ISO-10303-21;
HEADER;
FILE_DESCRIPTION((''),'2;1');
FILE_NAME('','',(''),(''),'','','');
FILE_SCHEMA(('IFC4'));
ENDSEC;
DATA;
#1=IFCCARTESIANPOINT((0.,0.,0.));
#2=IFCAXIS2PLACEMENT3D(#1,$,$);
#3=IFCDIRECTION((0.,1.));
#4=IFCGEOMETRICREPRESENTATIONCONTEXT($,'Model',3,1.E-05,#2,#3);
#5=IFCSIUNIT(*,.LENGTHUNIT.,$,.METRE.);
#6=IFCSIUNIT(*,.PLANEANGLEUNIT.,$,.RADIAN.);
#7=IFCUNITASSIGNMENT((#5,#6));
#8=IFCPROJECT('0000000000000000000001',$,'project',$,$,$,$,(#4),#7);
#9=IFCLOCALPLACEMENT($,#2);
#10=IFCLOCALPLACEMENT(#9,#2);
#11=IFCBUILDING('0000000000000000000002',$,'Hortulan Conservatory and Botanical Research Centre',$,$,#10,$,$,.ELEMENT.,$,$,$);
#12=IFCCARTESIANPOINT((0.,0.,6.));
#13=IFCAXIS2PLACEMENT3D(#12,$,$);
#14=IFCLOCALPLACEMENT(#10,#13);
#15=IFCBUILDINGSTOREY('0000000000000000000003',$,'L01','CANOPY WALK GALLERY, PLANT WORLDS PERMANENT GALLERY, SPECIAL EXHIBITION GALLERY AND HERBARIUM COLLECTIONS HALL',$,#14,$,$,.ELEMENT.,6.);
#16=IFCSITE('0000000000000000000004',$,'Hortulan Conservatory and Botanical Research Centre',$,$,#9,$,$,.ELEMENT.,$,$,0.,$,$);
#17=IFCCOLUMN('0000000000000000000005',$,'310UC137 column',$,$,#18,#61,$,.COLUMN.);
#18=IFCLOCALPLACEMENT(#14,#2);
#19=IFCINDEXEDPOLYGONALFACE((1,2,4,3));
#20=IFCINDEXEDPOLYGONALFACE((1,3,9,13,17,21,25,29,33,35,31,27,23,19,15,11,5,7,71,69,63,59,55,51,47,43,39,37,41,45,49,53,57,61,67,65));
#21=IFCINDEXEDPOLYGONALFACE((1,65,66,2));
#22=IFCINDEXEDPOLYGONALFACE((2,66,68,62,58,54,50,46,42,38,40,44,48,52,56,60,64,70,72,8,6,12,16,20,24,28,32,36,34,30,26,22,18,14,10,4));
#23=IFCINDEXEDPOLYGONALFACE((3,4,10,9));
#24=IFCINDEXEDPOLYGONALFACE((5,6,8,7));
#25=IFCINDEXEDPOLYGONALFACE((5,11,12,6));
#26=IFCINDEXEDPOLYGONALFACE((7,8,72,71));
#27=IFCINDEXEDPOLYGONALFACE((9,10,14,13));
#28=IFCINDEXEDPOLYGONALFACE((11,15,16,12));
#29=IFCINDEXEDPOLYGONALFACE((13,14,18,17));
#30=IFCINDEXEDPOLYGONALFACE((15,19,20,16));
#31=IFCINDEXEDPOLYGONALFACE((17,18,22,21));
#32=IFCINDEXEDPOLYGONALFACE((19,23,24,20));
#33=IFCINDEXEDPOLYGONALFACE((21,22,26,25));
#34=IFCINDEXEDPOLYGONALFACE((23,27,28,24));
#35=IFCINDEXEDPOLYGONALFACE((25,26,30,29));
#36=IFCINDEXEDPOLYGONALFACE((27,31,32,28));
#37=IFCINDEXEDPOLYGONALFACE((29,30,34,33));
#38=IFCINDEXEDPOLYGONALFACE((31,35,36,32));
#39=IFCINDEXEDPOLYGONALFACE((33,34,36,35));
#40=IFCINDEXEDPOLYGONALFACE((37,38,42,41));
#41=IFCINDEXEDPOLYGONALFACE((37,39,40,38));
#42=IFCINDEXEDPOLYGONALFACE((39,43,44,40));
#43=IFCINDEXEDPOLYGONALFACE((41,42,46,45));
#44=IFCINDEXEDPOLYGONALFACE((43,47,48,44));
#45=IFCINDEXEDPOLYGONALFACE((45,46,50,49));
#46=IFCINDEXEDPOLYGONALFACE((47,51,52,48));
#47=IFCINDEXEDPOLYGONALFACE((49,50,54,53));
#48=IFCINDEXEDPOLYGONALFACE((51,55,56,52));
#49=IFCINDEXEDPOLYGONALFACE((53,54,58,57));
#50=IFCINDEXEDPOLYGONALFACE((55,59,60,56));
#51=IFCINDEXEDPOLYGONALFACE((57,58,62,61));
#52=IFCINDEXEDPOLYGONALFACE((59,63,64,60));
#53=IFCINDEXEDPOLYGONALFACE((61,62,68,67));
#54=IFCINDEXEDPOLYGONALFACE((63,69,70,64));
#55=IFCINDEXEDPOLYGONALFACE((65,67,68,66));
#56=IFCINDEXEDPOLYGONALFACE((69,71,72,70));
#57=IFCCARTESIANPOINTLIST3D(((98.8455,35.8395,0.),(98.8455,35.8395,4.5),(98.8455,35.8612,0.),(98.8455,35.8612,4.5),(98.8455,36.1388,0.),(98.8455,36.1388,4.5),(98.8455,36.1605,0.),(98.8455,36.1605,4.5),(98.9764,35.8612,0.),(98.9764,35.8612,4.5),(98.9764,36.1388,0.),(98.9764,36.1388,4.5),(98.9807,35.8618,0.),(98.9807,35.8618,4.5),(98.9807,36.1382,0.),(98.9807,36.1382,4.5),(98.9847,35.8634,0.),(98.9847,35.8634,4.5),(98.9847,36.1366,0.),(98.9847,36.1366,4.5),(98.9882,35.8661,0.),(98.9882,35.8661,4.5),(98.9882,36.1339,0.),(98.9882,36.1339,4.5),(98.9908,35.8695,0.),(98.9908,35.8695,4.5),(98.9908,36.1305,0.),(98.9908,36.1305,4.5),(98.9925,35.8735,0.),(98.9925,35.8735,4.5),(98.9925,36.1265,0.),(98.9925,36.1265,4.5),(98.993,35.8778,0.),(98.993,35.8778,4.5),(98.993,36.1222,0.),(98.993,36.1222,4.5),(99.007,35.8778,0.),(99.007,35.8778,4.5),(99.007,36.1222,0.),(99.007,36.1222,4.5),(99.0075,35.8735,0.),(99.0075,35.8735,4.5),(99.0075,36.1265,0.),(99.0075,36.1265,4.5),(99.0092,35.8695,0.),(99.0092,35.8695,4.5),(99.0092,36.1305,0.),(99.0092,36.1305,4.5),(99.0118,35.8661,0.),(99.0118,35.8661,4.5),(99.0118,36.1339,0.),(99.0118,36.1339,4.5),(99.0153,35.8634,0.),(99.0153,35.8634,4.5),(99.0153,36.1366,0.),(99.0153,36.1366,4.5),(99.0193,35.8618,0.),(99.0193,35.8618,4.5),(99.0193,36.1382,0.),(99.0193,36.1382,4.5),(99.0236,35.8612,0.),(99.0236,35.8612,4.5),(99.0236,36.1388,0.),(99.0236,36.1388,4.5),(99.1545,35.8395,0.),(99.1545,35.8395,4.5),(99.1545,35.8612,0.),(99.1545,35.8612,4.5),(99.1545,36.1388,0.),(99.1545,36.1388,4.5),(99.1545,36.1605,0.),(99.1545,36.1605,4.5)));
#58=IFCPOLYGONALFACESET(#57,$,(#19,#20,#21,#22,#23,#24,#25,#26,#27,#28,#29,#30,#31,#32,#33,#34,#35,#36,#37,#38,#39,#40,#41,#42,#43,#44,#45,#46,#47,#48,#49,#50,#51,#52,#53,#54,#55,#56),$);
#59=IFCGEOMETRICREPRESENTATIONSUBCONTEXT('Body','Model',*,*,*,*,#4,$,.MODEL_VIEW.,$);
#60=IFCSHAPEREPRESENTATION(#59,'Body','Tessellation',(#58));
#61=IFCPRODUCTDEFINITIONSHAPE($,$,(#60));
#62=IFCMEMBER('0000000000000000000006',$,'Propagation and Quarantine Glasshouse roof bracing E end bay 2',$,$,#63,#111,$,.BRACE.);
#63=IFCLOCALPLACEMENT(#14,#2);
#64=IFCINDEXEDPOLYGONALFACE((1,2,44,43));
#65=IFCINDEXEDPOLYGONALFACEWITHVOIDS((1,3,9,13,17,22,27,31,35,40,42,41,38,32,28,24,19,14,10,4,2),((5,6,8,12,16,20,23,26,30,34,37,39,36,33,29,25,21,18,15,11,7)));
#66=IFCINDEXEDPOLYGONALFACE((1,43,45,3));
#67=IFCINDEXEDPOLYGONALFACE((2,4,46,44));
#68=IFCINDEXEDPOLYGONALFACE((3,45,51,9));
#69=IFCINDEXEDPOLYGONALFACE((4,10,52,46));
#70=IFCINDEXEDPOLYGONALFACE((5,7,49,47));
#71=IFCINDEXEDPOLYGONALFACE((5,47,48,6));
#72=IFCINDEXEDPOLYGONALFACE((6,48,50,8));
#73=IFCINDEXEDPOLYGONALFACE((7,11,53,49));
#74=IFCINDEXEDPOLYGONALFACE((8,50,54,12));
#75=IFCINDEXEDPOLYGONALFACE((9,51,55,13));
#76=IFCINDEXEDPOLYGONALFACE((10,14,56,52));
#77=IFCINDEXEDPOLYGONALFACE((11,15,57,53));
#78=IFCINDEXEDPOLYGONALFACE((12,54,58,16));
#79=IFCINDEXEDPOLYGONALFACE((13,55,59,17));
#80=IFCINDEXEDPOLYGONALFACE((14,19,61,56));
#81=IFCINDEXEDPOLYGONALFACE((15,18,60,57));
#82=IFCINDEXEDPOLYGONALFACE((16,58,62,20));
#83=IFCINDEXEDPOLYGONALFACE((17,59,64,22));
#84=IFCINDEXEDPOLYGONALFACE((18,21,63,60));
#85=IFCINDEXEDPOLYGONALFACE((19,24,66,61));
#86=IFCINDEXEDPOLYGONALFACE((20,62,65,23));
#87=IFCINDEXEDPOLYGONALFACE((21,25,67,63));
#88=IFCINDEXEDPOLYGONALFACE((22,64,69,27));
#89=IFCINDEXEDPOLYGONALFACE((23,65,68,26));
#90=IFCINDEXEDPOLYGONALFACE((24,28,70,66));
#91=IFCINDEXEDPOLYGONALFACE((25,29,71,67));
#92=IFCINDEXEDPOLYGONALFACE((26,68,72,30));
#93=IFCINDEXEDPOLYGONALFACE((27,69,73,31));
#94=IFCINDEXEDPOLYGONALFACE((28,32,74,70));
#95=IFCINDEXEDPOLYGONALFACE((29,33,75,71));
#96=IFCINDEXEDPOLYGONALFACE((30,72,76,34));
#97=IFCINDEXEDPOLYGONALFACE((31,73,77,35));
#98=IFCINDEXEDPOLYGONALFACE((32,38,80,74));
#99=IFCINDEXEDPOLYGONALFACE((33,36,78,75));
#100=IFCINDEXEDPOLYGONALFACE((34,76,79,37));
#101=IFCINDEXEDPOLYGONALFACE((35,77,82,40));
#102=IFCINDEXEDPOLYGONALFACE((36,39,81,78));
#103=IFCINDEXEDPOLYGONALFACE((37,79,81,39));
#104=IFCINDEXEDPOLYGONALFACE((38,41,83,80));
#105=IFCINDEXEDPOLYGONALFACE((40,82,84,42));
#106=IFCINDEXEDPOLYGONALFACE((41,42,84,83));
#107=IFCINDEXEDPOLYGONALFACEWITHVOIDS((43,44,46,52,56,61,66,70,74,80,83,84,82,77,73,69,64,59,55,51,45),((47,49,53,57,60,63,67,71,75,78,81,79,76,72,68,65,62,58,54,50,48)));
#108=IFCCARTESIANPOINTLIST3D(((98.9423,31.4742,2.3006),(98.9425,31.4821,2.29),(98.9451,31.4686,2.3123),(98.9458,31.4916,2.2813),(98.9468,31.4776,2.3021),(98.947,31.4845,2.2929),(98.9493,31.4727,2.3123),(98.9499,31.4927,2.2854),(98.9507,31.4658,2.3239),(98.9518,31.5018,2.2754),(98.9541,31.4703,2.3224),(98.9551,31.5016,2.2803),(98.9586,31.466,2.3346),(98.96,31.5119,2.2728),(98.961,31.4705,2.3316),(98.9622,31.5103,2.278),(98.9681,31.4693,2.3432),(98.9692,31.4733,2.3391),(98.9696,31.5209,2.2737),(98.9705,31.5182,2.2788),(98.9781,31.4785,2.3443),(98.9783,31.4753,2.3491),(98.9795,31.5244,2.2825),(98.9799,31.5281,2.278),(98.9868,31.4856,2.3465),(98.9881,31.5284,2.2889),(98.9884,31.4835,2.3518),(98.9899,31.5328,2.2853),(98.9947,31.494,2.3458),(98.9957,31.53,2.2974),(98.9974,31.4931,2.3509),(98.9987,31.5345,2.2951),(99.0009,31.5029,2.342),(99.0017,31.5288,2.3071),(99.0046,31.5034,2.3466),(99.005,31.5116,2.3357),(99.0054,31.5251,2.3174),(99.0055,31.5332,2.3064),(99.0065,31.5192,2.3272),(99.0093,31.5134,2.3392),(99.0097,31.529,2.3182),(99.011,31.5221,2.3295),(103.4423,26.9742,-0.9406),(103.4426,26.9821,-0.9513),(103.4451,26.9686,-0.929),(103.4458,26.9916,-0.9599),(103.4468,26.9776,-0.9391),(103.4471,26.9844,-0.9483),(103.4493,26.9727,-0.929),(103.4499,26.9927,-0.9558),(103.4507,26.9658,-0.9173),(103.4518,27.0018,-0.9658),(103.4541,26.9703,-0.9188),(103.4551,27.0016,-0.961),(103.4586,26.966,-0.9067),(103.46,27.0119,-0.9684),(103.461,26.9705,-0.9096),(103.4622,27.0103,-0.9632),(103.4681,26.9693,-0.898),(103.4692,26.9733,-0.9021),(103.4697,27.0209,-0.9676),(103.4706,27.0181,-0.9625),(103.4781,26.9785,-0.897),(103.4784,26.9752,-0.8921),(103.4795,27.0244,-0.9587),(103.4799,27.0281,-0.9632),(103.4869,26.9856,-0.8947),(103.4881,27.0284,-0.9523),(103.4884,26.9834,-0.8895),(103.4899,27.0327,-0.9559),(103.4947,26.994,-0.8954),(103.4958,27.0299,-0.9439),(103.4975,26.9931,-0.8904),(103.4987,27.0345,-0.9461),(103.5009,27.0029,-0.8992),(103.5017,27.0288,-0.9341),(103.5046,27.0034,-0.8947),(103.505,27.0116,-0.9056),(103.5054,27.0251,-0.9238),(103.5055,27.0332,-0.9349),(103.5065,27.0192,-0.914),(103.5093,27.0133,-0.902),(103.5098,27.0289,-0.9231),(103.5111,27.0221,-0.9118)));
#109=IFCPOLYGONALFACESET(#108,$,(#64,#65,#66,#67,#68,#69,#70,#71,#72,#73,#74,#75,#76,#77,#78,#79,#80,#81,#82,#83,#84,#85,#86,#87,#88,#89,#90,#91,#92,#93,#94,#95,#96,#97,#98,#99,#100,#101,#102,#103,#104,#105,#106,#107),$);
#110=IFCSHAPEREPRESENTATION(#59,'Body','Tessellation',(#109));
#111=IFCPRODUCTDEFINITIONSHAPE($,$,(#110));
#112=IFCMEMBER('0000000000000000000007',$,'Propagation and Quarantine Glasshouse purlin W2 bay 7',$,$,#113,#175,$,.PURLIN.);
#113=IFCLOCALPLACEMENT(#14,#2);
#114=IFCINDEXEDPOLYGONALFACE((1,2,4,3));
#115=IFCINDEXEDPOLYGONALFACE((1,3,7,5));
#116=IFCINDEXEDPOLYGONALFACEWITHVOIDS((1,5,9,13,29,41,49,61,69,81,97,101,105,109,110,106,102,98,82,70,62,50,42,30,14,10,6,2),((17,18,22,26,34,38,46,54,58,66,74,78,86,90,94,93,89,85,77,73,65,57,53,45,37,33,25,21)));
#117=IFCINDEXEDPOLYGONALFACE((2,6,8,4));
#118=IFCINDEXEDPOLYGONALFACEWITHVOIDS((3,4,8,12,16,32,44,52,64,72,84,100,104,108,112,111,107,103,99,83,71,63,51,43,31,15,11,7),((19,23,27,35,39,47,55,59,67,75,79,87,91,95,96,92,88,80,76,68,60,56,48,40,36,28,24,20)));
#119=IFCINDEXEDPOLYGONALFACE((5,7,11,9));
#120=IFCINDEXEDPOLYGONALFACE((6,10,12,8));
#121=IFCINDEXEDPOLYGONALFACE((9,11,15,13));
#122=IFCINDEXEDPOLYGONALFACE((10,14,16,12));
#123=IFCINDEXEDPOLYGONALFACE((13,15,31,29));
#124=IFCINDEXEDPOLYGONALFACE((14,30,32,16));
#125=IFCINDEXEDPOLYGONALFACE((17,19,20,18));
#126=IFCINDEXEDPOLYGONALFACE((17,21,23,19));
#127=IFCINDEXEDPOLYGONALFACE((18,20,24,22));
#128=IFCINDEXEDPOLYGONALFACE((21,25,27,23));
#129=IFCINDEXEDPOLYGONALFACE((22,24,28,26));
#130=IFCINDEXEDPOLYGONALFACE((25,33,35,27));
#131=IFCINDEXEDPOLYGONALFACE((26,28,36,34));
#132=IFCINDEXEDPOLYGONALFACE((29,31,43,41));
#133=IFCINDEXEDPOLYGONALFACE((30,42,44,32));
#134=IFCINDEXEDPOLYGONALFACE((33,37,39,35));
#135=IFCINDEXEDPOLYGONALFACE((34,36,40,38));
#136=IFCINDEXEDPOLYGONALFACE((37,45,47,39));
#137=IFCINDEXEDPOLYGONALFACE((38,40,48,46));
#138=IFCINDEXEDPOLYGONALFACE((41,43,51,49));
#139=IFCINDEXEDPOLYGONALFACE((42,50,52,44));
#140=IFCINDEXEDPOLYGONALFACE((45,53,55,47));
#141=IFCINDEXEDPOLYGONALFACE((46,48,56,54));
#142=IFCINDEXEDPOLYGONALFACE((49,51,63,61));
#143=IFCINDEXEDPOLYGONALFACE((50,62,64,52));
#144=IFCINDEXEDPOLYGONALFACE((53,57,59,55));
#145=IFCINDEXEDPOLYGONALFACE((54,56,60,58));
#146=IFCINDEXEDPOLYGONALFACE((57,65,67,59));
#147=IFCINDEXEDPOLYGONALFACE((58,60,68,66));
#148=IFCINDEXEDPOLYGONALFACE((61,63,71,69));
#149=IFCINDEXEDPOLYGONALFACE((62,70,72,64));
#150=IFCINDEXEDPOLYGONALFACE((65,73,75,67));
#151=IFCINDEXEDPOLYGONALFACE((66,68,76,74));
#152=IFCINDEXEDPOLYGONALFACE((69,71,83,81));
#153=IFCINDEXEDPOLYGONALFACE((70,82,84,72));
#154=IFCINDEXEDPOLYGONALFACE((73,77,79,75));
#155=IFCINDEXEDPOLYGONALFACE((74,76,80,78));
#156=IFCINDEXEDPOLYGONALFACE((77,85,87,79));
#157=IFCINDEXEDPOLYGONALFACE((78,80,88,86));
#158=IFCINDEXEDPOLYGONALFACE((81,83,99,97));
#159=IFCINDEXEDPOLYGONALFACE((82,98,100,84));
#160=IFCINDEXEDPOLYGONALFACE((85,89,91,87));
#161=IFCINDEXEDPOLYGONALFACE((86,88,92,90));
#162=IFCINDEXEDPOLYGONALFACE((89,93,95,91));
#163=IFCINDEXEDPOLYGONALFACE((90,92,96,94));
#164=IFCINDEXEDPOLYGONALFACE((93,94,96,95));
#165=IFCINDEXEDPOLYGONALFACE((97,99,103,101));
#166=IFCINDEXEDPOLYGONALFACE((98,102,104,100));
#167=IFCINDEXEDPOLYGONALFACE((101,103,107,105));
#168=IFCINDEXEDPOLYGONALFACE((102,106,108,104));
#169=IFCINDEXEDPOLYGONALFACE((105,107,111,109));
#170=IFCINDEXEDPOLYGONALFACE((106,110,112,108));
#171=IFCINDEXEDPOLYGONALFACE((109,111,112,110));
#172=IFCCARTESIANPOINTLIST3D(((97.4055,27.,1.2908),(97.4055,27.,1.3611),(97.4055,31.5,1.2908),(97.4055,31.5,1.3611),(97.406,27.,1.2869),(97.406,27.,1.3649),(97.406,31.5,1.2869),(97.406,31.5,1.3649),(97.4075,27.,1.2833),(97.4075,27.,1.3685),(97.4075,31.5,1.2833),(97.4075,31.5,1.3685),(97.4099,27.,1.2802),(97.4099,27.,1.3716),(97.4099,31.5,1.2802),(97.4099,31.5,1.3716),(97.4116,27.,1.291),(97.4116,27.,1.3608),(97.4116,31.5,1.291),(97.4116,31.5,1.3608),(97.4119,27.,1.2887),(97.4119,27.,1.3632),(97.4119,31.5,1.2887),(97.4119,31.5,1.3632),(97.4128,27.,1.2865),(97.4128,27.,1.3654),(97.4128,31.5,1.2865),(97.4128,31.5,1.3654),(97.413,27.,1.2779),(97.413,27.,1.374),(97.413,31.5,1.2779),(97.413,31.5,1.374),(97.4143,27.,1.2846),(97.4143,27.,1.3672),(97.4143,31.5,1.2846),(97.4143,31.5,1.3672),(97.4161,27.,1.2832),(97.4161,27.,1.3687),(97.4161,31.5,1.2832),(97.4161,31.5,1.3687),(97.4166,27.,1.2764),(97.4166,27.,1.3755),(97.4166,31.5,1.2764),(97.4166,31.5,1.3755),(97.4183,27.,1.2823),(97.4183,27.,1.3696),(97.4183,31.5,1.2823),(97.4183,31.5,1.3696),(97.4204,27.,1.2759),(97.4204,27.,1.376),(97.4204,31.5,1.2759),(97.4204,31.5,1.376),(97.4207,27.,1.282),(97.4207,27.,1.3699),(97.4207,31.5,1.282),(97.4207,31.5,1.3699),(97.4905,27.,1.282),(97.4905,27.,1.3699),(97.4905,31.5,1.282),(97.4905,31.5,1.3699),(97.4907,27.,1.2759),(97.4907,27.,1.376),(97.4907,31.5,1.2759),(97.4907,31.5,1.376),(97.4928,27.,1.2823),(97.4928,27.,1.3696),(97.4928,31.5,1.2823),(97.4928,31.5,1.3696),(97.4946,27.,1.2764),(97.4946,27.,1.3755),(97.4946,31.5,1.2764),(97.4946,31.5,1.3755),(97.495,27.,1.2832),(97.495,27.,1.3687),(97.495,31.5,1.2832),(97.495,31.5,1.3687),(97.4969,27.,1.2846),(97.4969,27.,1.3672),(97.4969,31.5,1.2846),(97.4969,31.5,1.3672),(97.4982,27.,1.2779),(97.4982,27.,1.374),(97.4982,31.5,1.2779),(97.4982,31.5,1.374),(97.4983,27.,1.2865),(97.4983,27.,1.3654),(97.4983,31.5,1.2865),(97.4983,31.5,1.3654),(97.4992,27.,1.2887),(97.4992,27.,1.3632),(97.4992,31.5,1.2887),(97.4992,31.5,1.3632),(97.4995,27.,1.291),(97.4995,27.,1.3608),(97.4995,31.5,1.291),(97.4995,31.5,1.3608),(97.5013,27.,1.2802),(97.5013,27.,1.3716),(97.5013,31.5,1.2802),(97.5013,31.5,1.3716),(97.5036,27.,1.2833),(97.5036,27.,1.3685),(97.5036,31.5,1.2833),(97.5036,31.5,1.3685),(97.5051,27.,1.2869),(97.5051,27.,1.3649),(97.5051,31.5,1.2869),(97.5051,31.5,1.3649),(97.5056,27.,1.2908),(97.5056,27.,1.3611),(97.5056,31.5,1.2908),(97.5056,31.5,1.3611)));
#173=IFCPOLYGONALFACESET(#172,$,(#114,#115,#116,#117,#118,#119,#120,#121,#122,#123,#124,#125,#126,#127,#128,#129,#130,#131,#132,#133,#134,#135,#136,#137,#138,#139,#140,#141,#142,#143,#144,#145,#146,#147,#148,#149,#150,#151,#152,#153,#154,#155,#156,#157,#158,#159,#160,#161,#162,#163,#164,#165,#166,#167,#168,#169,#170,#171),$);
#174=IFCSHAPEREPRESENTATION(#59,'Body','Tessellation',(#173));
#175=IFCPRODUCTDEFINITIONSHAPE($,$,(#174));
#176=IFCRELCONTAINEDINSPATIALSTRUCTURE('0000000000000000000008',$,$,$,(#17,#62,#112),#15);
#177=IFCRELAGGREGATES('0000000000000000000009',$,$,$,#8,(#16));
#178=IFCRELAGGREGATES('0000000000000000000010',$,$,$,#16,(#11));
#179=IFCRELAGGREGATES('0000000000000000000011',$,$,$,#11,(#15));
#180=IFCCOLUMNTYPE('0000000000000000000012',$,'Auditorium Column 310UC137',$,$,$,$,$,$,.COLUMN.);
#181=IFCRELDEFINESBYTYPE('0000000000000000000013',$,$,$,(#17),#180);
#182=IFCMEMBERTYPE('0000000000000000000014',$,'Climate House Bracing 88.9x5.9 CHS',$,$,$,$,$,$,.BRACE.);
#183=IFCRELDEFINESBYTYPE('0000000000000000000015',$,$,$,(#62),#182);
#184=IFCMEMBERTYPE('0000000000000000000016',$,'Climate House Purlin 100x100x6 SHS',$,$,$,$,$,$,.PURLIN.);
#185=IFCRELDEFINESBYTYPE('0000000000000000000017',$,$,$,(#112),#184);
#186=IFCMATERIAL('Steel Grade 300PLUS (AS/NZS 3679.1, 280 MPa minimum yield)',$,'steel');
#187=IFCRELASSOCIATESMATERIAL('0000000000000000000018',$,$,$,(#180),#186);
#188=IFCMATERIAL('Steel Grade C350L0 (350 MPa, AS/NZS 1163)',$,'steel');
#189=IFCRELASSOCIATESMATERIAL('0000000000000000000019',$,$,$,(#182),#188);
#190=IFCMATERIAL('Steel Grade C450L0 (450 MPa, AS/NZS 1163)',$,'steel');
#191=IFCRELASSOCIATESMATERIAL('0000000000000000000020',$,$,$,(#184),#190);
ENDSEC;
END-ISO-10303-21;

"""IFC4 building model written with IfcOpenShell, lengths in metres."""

from ifc_helpers import new_model, si_unit, direction, frame, origin, origin_2d, place, context, subcontext, project, spatial, hollow_rectangle, hollow_circle, i_section, extrude, material, material_profile, profile_set, type_object, element, save


model = new_model("IFC4")

# Units and contexts
model_context = context("Model", 3, precision=1e-05, world=origin(), true_north=direction((0.0, 1.0)))
body_context = subcontext(model_context, "Body", "Model", "MODEL_VIEW")
ifc_project = project(units=[si_unit("LENGTHUNIT", "METRE"), si_unit("PLANEANGLEUNIT", "RADIAN")], contexts=[model_context])

# Site, building, storey
site_placement = place(None, origin())
site = spatial("IfcSite", under=ifc_project, at=site_placement, Name="Hortulan Conservatory and Botanical Research Centre", CompositionType="ELEMENT", RefElevation=0.0)
building_placement = place(site_placement, origin())
building = spatial("IfcBuilding", under=site, at=building_placement, Name="Hortulan Conservatory and Botanical Research Centre", CompositionType="ELEMENT")
storey_placement = place(building_placement, frame((0.0, 0.0, 6.0)))
storey = spatial("IfcBuildingStorey", under=building, at=storey_placement, Name="L01", Description="CANOPY WALK GALLERY, PLANT WORLDS PERMANENT GALLERY, SPECIAL EXHIBITION GALLERY AND HERBARIUM COLLECTIONS HALL", CompositionType="ELEMENT", Elevation=6.0)

# Column
ifc_material_1 = material(Name="Steel Grade 300PLUS (AS/NZS 3679.1, 280 MPa minimum yield)", Category="steel")
ifc_material_profile_1 = material_profile(ifc_material_1, i_section(OverallWidth=0.3091, OverallDepth=0.321, WebThickness=0.0139, FlangeThickness=0.0217, FilletRadius=0.0166, at=origin_2d()), Name="310UC137")
ifc_profile_set_1 = profile_set([ifc_material_profile_1], Name="Steel Grade 300PLUS (AS/NZS 3679.1, 280 MPa minimum yield)")
column_type = type_object("IfcColumnType", Name="Auditorium Column 310UC137", PredefinedType="COLUMN", material=ifc_profile_set_1)
column_placement = place(storey_placement, frame((99.0, 36.0, 0.0), z_axis=(0.0, 0.0, 1.0), x_axis=(1.0, 0.0, 0.0)))
element("IfcColumn", 1, at=column_placement, inside=storey, type_object=column_type, Name="310UC137 column", PredefinedType="COLUMN", context=body_context, shape_type="SweptSolid", body=[
    extrude(i_section(OverallWidth=0.3091, OverallDepth=0.321, WebThickness=0.0139, FlangeThickness=0.0217, FilletRadius=0.0166, at=origin_2d()), origin(), (0.0, 0.0, 1.0), 4.5),
])

# Members
ifc_material_2 = material(Name="Steel Grade C350L0 (350 MPa, AS/NZS 1163)", Category="steel")
ifc_material_profile_2 = material_profile(ifc_material_2, hollow_circle(Radius=0.0444, WallThickness=0.0059, at=origin_2d()), Name="88.9x5.9CHS")
ifc_profile_set_2 = profile_set([ifc_material_profile_2], Name="Steel Grade C350L0 (350 MPa, AS/NZS 1163)")
member_type_1 = type_object("IfcMemberType", Name="Climate House Bracing 88.9x5.9 CHS", PredefinedType="BRACE", material=ifc_profile_set_2)
member_placement = place(storey_placement, frame((103.4766, 27.0, -0.929), z_axis=(-0.630092, 0.630092, 0.453836), x_axis=(-0.707107, -0.707107, 0.0)))
element("IfcMember", 2, at=member_placement, inside=storey, type_object=member_type_1, Name="Propagation and Quarantine Glasshouse roof bracing E end bay 2", PredefinedType="BRACE", context=body_context, shape_type="SweptSolid", body=[
    extrude(hollow_circle(Radius=0.0444, WallThickness=0.0059, at=origin_2d()), origin(), (0.0, 0.0, 1.0), 7.1418),
])
ifc_material_3 = material(Name="Steel Grade C450L0 (450 MPa, AS/NZS 1163)", Category="steel")
ifc_material_profile_3 = material_profile(ifc_material_3, hollow_rectangle(XDim=0.1001, YDim=0.1001, WallThickness=0.0061, InnerFilletRadius=0.009, OuterFilletRadius=0.0149, at=origin_2d()), Name="100x100x6SHS")
ifc_profile_set_3 = profile_set([ifc_material_profile_3], Name="Steel Grade C450L0 (450 MPa, AS/NZS 1163)")
member_type_2 = type_object("IfcMemberType", Name="Climate House Purlin 100x100x6 SHS", PredefinedType="PURLIN", material=ifc_profile_set_3)
for number, where, z_axis, x_axis, name in (
    (3, (97.4556, 27.0, 1.3259), (0.0, 1.0, 0.0), (-1.0, 0.0, 0.0), "Propagation and Quarantine Glasshouse purlin W2 bay 7"),
):
    element("IfcMember", number, at=place(storey_placement, frame(where, z_axis=z_axis, x_axis=x_axis)), inside=storey, type_object=member_type_2, Name=name, PredefinedType="PURLIN", context=body_context, shape_type="SweptSolid", body=[
        extrude(hollow_rectangle(XDim=0.1001, YDim=0.1001, WallThickness=0.0061, InnerFilletRadius=0.009, OuterFilletRadius=0.0149, at=origin_2d()), origin(), (0.0, 0.0, 1.0), 4.5),
    ])

save(model, "model.ifc")
